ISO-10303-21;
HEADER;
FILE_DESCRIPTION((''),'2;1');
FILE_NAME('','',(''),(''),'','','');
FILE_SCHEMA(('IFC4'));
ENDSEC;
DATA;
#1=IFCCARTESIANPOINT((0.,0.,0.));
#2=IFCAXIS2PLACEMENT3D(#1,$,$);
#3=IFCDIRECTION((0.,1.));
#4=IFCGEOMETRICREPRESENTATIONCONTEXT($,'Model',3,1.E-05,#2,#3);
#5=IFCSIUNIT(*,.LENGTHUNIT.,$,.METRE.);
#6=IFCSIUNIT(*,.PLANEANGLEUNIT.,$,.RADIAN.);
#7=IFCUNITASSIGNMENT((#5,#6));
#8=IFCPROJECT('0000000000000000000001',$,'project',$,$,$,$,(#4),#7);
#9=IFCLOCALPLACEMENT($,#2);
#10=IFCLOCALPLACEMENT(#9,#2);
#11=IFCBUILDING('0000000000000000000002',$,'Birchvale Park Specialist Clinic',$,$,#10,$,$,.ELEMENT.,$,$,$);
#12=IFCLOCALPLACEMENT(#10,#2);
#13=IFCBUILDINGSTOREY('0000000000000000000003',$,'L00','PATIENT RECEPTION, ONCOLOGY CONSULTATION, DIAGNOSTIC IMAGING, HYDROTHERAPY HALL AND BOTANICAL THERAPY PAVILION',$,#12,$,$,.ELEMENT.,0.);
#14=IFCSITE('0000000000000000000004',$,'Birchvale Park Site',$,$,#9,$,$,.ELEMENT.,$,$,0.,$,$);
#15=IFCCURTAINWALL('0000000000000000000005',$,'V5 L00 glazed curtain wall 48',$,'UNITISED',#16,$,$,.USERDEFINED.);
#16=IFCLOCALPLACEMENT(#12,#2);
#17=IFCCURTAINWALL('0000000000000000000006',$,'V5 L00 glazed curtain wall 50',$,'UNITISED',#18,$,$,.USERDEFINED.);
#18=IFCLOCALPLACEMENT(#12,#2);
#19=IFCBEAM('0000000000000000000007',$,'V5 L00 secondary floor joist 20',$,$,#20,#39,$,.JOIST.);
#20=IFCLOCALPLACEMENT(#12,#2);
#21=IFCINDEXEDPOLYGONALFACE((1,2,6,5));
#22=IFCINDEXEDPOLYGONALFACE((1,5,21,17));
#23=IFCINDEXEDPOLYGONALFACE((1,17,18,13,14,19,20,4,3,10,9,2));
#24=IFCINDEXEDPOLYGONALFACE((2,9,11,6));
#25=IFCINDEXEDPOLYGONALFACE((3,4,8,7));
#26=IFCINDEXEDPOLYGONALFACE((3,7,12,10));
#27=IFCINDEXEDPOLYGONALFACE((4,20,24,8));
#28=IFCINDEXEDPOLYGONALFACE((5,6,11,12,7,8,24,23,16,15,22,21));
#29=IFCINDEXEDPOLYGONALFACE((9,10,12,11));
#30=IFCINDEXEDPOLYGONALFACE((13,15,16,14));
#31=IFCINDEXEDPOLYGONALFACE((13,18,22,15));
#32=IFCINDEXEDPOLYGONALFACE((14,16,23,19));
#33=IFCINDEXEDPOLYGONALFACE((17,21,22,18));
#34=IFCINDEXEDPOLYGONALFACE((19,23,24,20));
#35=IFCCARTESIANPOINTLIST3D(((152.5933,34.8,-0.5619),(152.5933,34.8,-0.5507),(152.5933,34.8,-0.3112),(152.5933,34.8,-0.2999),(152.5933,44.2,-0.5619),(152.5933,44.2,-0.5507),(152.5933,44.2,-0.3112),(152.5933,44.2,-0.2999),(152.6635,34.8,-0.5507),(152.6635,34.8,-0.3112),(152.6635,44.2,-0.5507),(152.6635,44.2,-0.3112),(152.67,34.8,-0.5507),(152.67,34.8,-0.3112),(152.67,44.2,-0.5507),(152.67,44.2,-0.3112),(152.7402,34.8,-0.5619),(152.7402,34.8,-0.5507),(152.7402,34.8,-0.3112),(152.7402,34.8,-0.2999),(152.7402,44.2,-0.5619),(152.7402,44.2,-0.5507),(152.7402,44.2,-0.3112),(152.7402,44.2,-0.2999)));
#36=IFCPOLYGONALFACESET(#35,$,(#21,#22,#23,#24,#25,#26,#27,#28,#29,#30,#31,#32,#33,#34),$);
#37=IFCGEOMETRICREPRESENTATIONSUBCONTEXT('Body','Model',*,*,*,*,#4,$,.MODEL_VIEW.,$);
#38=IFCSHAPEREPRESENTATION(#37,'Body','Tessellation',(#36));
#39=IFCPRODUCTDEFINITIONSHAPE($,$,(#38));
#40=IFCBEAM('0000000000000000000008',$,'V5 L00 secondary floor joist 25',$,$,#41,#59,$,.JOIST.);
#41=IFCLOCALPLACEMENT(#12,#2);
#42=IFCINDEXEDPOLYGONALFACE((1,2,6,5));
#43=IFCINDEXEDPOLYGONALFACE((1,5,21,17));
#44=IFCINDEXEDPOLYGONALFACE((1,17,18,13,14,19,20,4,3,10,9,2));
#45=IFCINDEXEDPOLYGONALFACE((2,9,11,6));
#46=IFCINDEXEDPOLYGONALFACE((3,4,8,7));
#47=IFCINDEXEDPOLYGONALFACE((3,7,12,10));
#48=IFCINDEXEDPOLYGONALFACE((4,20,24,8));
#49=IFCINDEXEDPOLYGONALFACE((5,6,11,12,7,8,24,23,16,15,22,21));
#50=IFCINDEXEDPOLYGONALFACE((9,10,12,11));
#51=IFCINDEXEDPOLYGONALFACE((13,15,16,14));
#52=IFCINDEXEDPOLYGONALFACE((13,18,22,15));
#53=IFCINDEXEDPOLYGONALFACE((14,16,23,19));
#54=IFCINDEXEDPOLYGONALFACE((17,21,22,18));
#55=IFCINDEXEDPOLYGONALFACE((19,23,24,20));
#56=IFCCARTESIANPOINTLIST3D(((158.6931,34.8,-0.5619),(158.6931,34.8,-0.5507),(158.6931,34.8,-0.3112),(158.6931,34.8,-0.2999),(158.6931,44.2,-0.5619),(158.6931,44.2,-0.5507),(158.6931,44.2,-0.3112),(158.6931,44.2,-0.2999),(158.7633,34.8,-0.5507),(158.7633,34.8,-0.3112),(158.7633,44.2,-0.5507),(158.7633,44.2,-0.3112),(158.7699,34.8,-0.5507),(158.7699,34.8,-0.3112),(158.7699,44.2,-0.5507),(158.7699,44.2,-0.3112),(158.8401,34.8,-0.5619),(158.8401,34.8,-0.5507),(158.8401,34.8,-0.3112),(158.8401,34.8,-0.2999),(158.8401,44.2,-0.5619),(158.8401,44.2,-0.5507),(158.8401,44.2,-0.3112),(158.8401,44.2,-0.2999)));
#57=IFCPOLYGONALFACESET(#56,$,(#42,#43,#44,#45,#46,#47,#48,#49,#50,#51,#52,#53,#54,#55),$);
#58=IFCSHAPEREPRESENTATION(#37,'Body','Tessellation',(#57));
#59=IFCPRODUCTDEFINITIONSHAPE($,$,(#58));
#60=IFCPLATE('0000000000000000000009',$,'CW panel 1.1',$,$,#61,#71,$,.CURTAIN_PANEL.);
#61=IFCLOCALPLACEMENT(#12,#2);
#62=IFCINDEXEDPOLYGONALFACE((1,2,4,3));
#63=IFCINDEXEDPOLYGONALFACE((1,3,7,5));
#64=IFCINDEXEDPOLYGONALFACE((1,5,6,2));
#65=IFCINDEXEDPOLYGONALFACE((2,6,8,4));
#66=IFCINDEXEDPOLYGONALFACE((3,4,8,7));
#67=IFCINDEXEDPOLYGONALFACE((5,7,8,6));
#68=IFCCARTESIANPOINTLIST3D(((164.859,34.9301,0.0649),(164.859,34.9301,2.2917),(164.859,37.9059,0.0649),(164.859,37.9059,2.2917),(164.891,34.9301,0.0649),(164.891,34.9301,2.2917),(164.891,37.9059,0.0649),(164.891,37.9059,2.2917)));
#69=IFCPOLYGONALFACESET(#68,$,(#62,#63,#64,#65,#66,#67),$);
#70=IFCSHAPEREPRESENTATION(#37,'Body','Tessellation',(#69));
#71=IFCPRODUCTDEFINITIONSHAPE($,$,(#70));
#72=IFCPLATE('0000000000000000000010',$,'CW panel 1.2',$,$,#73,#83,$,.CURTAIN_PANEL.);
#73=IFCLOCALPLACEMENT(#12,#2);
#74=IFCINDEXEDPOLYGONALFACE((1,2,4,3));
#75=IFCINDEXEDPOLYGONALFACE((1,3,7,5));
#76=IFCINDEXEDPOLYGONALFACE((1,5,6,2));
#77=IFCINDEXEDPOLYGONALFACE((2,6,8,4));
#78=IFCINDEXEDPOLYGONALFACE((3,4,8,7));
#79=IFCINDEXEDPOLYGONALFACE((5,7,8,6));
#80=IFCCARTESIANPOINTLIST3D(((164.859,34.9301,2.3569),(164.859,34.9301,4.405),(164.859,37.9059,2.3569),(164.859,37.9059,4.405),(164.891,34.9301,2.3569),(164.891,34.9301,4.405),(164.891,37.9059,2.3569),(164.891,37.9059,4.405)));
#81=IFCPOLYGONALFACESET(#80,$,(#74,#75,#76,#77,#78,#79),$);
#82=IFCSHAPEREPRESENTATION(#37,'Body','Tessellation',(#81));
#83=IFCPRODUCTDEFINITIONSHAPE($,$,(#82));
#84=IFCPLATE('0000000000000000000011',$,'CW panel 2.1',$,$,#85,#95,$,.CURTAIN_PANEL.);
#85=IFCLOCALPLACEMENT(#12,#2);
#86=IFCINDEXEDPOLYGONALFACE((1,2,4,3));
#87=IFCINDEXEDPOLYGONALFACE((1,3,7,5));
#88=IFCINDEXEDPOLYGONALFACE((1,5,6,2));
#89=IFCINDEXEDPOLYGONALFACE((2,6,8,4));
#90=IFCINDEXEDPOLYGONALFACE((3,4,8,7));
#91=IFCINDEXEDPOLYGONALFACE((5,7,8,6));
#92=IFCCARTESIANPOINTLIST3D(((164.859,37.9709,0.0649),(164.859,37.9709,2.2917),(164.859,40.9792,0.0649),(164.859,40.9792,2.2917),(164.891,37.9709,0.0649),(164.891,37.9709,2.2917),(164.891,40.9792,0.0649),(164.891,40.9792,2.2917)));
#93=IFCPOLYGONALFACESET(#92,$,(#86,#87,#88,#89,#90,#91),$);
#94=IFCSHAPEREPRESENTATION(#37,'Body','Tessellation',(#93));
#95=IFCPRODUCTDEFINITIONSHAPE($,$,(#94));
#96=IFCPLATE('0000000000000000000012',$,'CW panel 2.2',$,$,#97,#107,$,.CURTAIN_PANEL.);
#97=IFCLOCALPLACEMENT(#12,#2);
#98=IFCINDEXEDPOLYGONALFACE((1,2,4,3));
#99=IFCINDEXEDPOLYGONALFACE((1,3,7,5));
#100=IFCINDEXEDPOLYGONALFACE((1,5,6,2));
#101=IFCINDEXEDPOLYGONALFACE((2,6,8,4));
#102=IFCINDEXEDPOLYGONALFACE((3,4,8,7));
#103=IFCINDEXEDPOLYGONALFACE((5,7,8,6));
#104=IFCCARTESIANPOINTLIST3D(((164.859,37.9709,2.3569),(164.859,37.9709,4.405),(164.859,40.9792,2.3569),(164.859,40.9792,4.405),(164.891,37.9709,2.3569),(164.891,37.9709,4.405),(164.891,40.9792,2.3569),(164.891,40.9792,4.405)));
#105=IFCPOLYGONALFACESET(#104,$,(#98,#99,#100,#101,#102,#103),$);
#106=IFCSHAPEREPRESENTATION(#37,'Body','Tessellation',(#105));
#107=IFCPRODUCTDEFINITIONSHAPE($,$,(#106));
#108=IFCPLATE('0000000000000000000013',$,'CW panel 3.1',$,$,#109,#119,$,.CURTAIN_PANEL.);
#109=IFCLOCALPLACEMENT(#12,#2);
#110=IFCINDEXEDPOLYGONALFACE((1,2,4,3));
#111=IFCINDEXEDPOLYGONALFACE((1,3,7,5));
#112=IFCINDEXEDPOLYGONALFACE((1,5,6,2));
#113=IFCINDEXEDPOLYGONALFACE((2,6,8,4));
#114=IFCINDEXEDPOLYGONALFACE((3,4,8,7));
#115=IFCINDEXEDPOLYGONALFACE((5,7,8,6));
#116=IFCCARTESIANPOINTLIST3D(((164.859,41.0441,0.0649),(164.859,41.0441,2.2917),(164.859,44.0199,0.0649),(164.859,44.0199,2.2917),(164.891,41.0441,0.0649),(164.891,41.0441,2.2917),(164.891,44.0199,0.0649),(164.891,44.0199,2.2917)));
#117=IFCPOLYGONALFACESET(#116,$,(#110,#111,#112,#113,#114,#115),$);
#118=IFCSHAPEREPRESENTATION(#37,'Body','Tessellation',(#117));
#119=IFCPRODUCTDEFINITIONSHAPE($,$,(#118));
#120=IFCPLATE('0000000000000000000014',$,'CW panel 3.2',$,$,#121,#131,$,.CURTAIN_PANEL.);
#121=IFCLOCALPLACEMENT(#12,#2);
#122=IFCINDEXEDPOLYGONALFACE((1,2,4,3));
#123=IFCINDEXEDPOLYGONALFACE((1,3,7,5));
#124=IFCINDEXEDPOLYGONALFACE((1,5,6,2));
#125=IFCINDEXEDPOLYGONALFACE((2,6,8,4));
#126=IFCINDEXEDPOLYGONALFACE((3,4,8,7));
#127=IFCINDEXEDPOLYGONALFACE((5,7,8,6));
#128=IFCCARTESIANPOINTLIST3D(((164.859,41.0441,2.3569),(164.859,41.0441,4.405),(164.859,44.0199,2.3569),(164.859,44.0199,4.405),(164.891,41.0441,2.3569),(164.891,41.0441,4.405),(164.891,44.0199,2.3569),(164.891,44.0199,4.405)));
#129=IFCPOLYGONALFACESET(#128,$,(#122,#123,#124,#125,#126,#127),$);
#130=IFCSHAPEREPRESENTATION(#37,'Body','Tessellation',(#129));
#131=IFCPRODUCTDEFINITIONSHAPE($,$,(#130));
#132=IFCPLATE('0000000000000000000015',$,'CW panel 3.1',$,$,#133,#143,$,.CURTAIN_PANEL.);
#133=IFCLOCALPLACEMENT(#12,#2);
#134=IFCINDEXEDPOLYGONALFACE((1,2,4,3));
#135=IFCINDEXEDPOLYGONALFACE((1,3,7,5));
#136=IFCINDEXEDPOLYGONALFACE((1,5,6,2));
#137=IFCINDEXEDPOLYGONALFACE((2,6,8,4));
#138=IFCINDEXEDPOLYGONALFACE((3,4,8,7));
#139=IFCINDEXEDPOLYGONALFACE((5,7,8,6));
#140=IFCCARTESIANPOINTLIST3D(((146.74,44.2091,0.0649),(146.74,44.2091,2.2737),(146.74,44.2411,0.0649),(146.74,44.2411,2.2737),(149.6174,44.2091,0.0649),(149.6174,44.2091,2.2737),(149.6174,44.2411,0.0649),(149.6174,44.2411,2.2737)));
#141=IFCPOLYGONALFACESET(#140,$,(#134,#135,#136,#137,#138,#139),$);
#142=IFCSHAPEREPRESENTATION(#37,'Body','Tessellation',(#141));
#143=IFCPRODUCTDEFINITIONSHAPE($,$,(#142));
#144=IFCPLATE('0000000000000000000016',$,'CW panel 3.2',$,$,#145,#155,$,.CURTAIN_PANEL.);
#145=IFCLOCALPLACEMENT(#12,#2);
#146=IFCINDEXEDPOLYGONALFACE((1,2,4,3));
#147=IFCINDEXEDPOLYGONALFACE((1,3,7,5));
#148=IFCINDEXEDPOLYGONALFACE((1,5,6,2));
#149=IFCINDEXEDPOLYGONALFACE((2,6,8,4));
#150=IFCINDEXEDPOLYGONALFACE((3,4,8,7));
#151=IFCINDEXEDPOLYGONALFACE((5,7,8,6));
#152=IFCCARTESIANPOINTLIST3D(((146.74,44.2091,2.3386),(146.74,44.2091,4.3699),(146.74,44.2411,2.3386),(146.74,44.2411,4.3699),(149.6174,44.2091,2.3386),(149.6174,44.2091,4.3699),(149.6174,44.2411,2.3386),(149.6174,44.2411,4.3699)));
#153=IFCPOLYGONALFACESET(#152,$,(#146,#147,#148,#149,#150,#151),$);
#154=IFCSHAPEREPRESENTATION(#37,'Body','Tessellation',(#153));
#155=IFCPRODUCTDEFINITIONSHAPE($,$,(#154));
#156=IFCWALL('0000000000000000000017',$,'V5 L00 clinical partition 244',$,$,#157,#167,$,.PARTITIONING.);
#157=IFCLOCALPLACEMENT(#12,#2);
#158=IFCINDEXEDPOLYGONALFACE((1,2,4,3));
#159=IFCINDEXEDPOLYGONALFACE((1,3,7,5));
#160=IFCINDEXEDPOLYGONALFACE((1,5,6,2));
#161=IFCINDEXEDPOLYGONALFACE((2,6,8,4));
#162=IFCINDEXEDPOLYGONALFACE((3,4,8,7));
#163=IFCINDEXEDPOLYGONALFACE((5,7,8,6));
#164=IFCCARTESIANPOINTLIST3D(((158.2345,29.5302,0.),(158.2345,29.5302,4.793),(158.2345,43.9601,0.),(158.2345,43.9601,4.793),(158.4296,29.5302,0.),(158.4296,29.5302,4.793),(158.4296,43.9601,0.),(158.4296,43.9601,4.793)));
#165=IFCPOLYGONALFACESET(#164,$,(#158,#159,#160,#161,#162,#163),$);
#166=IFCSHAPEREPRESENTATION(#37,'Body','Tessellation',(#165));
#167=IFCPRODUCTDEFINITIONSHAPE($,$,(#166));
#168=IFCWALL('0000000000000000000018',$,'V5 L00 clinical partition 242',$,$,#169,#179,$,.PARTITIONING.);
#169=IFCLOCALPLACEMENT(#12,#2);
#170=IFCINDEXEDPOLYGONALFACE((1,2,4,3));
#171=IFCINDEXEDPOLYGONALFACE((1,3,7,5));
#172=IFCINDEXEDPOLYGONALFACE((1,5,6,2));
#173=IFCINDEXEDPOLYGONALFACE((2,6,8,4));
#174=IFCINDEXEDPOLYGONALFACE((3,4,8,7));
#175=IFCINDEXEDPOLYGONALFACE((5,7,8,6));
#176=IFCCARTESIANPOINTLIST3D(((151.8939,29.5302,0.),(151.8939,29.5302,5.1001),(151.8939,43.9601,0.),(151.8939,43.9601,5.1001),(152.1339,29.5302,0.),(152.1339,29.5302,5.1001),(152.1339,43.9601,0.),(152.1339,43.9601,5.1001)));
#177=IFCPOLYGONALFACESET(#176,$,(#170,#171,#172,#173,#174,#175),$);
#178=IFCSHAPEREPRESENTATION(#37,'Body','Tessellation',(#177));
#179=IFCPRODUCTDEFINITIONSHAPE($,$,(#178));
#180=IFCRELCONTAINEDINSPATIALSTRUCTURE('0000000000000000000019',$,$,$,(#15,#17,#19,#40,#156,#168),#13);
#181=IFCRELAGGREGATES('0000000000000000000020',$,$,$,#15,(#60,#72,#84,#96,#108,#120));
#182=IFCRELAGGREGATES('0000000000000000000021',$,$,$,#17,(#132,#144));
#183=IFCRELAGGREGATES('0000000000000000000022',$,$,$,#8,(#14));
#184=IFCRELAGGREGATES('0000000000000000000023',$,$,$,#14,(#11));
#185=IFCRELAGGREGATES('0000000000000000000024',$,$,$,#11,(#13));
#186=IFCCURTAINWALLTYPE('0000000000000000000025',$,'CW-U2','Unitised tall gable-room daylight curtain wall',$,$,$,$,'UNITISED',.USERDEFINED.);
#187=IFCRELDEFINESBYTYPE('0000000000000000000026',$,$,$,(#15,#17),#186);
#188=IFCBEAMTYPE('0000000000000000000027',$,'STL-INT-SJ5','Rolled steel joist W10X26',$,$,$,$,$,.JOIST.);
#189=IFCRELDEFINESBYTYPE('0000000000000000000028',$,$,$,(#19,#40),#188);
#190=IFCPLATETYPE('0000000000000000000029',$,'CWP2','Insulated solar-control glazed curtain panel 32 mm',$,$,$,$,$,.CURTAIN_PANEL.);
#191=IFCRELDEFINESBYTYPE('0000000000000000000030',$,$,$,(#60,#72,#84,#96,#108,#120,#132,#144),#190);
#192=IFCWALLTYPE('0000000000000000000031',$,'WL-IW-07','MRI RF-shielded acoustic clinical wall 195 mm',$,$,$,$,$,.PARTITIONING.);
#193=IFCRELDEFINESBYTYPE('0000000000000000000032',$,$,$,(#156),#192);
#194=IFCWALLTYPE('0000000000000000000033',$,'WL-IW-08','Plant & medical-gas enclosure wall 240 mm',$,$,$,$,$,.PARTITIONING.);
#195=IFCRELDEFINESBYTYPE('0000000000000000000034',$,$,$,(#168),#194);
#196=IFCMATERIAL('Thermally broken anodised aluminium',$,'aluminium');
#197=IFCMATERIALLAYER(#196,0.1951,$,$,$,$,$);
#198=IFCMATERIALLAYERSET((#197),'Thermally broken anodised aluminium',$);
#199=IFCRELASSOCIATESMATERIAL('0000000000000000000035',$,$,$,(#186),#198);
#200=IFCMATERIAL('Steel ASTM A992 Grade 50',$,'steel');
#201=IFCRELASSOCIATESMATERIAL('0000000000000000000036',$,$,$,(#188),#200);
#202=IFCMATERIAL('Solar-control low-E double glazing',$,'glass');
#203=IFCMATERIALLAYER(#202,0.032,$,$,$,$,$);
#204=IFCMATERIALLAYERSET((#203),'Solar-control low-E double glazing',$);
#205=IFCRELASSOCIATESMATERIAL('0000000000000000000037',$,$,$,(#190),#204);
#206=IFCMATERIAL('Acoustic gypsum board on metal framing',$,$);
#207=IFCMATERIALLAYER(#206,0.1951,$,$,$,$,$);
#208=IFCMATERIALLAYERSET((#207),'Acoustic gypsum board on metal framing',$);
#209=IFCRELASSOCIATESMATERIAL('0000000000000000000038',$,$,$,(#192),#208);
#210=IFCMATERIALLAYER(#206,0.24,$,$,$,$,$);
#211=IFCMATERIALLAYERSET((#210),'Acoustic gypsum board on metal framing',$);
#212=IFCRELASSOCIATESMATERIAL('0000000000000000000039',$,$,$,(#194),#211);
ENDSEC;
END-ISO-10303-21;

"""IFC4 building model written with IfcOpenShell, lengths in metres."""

from ifc_helpers import new_model, si_unit, direction, frame, frame_2d, origin, origin_2d, place, context, subcontext, project, spatial, rectangle, i_section, extrude, material, layer, layer_set, material_profile, profile_set, type_object, element, aggregate, save


model = new_model("IFC4")

# Units and contexts
model_context = context("Model", 3, precision=1e-05, world=origin(), true_north=direction((0.0, 1.0)))
body_context = subcontext(model_context, "Body", "Model", "MODEL_VIEW")
ifc_project = project(units=[si_unit("LENGTHUNIT", "METRE"), si_unit("PLANEANGLEUNIT", "RADIAN")], contexts=[model_context])

# Site, building, storey
site_placement = place(None, origin())
site = spatial("IfcSite", under=ifc_project, at=site_placement, Name="Birchvale Park Site", CompositionType="ELEMENT", RefElevation=0.0)
building_placement = place(site_placement, origin())
building = spatial("IfcBuilding", under=site, at=building_placement, Name="Birchvale Park Specialist Clinic", CompositionType="ELEMENT")
storey_placement = place(building_placement, origin())
storey = spatial("IfcBuildingStorey", under=building, at=storey_placement, Name="L00", Description="PATIENT RECEPTION, ONCOLOGY CONSULTATION, DIAGNOSTIC IMAGING, HYDROTHERAPY HALL AND BOTANICAL THERAPY PAVILION", CompositionType="ELEMENT", Elevation=0.0)

# Curtain wall
ifc_material_1 = material(Name="Thermally broken anodised aluminium", Category="aluminium")
ifc_layer_1 = layer(ifc_material_1, 0.1951)
ifc_layer_set_1 = layer_set([ifc_layer_1], Name="Thermally broken anodised aluminium")
curtain_wall_type = type_object("IfcCurtainWallType", Name="CW-U2", Description="Unitised tall gable-room daylight curtain wall", ElementType="UNITISED", PredefinedType="USERDEFINED", material=ifc_layer_set_1)
curtain_wall_1_placement = place(storey_placement, origin())
curtain_wall_1 = element("IfcCurtainWall", 1, at=curtain_wall_1_placement, inside=storey, type_object=curtain_wall_type, Name="V5 L00 glazed curtain wall 48", ObjectType="UNITISED", PredefinedType="USERDEFINED")

# Curtain wall
curtain_wall_2_placement = place(storey_placement, origin())
curtain_wall_2 = element("IfcCurtainWall", 2, at=curtain_wall_2_placement, inside=storey, type_object=curtain_wall_type, Name="V5 L00 glazed curtain wall 50", ObjectType="UNITISED", PredefinedType="USERDEFINED")

# Beams
ifc_material_2 = material(Name="Steel ASTM A992 Grade 50", Category="steel")
ifc_material_profile_1 = material_profile(ifc_material_2, i_section(OverallWidth=0.147, OverallDepth=0.262, WebThickness=0.0066, FlangeThickness=0.0112, at=origin_2d()), Name="W10X26")
ifc_profile_set_1 = profile_set([ifc_material_profile_1], Name="Steel ASTM A992 Grade 50")
beam_type_1 = type_object("IfcBeamType", Name="STL-INT-SJ5", Description="Rolled steel joist W10X26", PredefinedType="JOIST", material=ifc_profile_set_1)
for number, where, z_axis, x_axis, name in (
    (3, (152.6667, 34.8, -0.4309), (0.0, 1.0, 0.0), (-1.0, 0.0, 0.0), "V5 L00 secondary floor joist 20"),
    (4, (158.7666, 34.8, -0.4309), (0.0, 1.0, 0.0), (-1.0, 0.0, 0.0), "V5 L00 secondary floor joist 25"),
):
    element("IfcBeam", number, at=place(storey_placement, frame(where, z_axis=z_axis, x_axis=x_axis)), inside=storey, type_object=beam_type_1, Name=name, PredefinedType="JOIST", context=body_context, shape_type="SweptSolid", body=[
        extrude(i_section(OverallWidth=0.147, OverallDepth=0.262, WebThickness=0.0066, FlangeThickness=0.0112, at=origin_2d()), origin(), (0.0, 0.0, 1.0), 9.3999),
    ])

# Plates
ifc_material_3 = material(Name="Solar-control low-E double glazing", Category="glass")
ifc_layer_2 = layer(ifc_material_3, 0.032)
ifc_layer_set_2 = layer_set([ifc_layer_2], Name="Solar-control low-E double glazing")
plate_type = type_object("IfcPlateType", Name="CWP2", Description="Insulated solar-control glazed curtain panel 32 mm", PredefinedType="CURTAIN_PANEL", material=ifc_layer_set_2)
plate_1_placement = place(storey_placement, frame((164.875, 36.418, 0.0649), z_axis=(0.0, 0.0, 1.0), x_axis=(0.0, 1.0, 0.0)))
plate_1 = element("IfcPlate", 5, at=plate_1_placement, type_object=plate_type, Name="CW panel 1.1", PredefinedType="CURTAIN_PANEL", context=body_context, shape_type="SweptSolid", body=[
    extrude(rectangle(XDim=2.9758, YDim=0.032, at=origin_2d()), origin(), (0.0, 0.0, 1.0), 2.2268),
])
plate_2_placement = place(storey_placement, frame((164.875, 36.418, 2.3569), z_axis=(0.0, 0.0, 1.0), x_axis=(0.0, 1.0, 0.0)))
plate_2 = element("IfcPlate", 6, at=plate_2_placement, type_object=plate_type, Name="CW panel 1.2", PredefinedType="CURTAIN_PANEL", context=body_context, shape_type="SweptSolid", body=[
    extrude(rectangle(XDim=2.9758, YDim=0.032, at=origin_2d()), origin(), (0.0, 0.0, 1.0), 2.0481),
])
plate_3_placement = place(storey_placement, frame((164.875, 39.4751, 0.0649), z_axis=(0.0, 0.0, 1.0), x_axis=(0.0, 1.0, 0.0)))
plate_3 = element("IfcPlate", 7, at=plate_3_placement, type_object=plate_type, Name="CW panel 2.1", PredefinedType="CURTAIN_PANEL", context=body_context, shape_type="SweptSolid", body=[
    extrude(rectangle(XDim=3.0083, YDim=0.032, at=origin_2d()), origin(), (0.0, 0.0, 1.0), 2.2268),
])
plate_4_placement = place(storey_placement, frame((164.875, 39.4751, 2.3569), z_axis=(0.0, 0.0, 1.0), x_axis=(0.0, 1.0, 0.0)))
plate_4 = element("IfcPlate", 8, at=plate_4_placement, type_object=plate_type, Name="CW panel 2.2", PredefinedType="CURTAIN_PANEL", context=body_context, shape_type="SweptSolid", body=[
    extrude(rectangle(XDim=3.0083, YDim=0.032, at=origin_2d()), origin(), (0.0, 0.0, 1.0), 2.0481),
])
plate_5_placement = place(storey_placement, frame((164.875, 42.532, 0.0649), z_axis=(0.0, 0.0, 1.0), x_axis=(0.0, 1.0, 0.0)))
plate_5 = element("IfcPlate", 9, at=plate_5_placement, type_object=plate_type, Name="CW panel 3.1", PredefinedType="CURTAIN_PANEL", context=body_context, shape_type="SweptSolid", body=[
    extrude(rectangle(XDim=2.9758, YDim=0.032, at=origin_2d()), origin(), (0.0, 0.0, 1.0), 2.2268),
])
plate_6_placement = place(storey_placement, frame((164.875, 42.532, 2.3569), z_axis=(0.0, 0.0, 1.0), x_axis=(0.0, 1.0, 0.0)))
plate_6 = element("IfcPlate", 10, at=plate_6_placement, type_object=plate_type, Name="CW panel 3.2", PredefinedType="CURTAIN_PANEL", context=body_context, shape_type="SweptSolid", body=[
    extrude(rectangle(XDim=2.9758, YDim=0.032, at=origin_2d()), origin(), (0.0, 0.0, 1.0), 2.0481),
])
aggregate(curtain_wall_1, [plate_1, plate_2, plate_3, plate_4, plate_5, plate_6])
plate_7_placement = place(storey_placement, frame((148.1787, 44.2251, 0.0649), z_axis=(0.0, 0.0, 1.0), x_axis=(-1.0, 0.0, 0.0)))
plate_7 = element("IfcPlate", 11, at=plate_7_placement, type_object=plate_type, Name="CW panel 3.1", PredefinedType="CURTAIN_PANEL", context=body_context, shape_type="SweptSolid", body=[
    extrude(rectangle(XDim=2.8774, YDim=0.032, at=origin_2d()), origin(), (0.0, 0.0, 1.0), 2.2087),
])
plate_8_placement = place(storey_placement, frame((148.1787, 44.2251, 2.3386), z_axis=(0.0, 0.0, 1.0), x_axis=(-1.0, 0.0, 0.0)))
plate_8 = element("IfcPlate", 12, at=plate_8_placement, type_object=plate_type, Name="CW panel 3.2", PredefinedType="CURTAIN_PANEL", context=body_context, shape_type="SweptSolid", body=[
    extrude(rectangle(XDim=2.8774, YDim=0.032, at=origin_2d()), origin(), (0.0, 0.0, 1.0), 2.0312),
])
aggregate(curtain_wall_2, [plate_7, plate_8])

# Walls
ifc_material_4 = material(Name="Acoustic gypsum board on metal framing")
ifc_layer_3 = layer(ifc_material_4, 0.1951)
ifc_layer_set_3 = layer_set([ifc_layer_3], Name="Acoustic gypsum board on metal framing")
wall_type_1 = type_object("IfcWallType", Name="WL-IW-07", Description="MRI RF-shielded acoustic clinical wall 195 mm", PredefinedType="PARTITIONING", material=ifc_layer_set_3)
wall_1_placement = place(storey_placement, frame((158.332, 43.96, 0.0), z_axis=(0.0, 0.0, 1.0), x_axis=(0.0, -1.0, 0.0)))
element("IfcWall", 13, at=wall_1_placement, inside=storey, type_object=wall_type_1, Name="V5 L00 clinical partition 244", PredefinedType="PARTITIONING", context=body_context, shape_type="SweptSolid", body=[
    extrude(rectangle(XDim=14.4299, YDim=0.1951, at=frame_2d((7.2148, 0.0))), origin(), (0.0, 0.0, 1.0), 4.793),
])
ifc_layer_4 = layer(ifc_material_4, 0.24)
ifc_layer_set_4 = layer_set([ifc_layer_4], Name="Acoustic gypsum board on metal framing")
wall_type_2 = type_object("IfcWallType", Name="WL-IW-08", Description="Plant & medical-gas enclosure wall 240 mm", PredefinedType="PARTITIONING", material=ifc_layer_set_4)
wall_2_placement = place(storey_placement, frame((152.0139, 43.96, 0.0), z_axis=(0.0, 0.0, 1.0), x_axis=(0.0, -1.0, 0.0)))
element("IfcWall", 14, at=wall_2_placement, inside=storey, type_object=wall_type_2, Name="V5 L00 clinical partition 242", PredefinedType="PARTITIONING", context=body_context, shape_type="SweptSolid", body=[
    extrude(rectangle(XDim=14.4299, YDim=0.24, at=frame_2d((7.2148, 0.0))), origin(), (0.0, 0.0, 1.0), 5.1001),
])

save(model, "model.ifc")
